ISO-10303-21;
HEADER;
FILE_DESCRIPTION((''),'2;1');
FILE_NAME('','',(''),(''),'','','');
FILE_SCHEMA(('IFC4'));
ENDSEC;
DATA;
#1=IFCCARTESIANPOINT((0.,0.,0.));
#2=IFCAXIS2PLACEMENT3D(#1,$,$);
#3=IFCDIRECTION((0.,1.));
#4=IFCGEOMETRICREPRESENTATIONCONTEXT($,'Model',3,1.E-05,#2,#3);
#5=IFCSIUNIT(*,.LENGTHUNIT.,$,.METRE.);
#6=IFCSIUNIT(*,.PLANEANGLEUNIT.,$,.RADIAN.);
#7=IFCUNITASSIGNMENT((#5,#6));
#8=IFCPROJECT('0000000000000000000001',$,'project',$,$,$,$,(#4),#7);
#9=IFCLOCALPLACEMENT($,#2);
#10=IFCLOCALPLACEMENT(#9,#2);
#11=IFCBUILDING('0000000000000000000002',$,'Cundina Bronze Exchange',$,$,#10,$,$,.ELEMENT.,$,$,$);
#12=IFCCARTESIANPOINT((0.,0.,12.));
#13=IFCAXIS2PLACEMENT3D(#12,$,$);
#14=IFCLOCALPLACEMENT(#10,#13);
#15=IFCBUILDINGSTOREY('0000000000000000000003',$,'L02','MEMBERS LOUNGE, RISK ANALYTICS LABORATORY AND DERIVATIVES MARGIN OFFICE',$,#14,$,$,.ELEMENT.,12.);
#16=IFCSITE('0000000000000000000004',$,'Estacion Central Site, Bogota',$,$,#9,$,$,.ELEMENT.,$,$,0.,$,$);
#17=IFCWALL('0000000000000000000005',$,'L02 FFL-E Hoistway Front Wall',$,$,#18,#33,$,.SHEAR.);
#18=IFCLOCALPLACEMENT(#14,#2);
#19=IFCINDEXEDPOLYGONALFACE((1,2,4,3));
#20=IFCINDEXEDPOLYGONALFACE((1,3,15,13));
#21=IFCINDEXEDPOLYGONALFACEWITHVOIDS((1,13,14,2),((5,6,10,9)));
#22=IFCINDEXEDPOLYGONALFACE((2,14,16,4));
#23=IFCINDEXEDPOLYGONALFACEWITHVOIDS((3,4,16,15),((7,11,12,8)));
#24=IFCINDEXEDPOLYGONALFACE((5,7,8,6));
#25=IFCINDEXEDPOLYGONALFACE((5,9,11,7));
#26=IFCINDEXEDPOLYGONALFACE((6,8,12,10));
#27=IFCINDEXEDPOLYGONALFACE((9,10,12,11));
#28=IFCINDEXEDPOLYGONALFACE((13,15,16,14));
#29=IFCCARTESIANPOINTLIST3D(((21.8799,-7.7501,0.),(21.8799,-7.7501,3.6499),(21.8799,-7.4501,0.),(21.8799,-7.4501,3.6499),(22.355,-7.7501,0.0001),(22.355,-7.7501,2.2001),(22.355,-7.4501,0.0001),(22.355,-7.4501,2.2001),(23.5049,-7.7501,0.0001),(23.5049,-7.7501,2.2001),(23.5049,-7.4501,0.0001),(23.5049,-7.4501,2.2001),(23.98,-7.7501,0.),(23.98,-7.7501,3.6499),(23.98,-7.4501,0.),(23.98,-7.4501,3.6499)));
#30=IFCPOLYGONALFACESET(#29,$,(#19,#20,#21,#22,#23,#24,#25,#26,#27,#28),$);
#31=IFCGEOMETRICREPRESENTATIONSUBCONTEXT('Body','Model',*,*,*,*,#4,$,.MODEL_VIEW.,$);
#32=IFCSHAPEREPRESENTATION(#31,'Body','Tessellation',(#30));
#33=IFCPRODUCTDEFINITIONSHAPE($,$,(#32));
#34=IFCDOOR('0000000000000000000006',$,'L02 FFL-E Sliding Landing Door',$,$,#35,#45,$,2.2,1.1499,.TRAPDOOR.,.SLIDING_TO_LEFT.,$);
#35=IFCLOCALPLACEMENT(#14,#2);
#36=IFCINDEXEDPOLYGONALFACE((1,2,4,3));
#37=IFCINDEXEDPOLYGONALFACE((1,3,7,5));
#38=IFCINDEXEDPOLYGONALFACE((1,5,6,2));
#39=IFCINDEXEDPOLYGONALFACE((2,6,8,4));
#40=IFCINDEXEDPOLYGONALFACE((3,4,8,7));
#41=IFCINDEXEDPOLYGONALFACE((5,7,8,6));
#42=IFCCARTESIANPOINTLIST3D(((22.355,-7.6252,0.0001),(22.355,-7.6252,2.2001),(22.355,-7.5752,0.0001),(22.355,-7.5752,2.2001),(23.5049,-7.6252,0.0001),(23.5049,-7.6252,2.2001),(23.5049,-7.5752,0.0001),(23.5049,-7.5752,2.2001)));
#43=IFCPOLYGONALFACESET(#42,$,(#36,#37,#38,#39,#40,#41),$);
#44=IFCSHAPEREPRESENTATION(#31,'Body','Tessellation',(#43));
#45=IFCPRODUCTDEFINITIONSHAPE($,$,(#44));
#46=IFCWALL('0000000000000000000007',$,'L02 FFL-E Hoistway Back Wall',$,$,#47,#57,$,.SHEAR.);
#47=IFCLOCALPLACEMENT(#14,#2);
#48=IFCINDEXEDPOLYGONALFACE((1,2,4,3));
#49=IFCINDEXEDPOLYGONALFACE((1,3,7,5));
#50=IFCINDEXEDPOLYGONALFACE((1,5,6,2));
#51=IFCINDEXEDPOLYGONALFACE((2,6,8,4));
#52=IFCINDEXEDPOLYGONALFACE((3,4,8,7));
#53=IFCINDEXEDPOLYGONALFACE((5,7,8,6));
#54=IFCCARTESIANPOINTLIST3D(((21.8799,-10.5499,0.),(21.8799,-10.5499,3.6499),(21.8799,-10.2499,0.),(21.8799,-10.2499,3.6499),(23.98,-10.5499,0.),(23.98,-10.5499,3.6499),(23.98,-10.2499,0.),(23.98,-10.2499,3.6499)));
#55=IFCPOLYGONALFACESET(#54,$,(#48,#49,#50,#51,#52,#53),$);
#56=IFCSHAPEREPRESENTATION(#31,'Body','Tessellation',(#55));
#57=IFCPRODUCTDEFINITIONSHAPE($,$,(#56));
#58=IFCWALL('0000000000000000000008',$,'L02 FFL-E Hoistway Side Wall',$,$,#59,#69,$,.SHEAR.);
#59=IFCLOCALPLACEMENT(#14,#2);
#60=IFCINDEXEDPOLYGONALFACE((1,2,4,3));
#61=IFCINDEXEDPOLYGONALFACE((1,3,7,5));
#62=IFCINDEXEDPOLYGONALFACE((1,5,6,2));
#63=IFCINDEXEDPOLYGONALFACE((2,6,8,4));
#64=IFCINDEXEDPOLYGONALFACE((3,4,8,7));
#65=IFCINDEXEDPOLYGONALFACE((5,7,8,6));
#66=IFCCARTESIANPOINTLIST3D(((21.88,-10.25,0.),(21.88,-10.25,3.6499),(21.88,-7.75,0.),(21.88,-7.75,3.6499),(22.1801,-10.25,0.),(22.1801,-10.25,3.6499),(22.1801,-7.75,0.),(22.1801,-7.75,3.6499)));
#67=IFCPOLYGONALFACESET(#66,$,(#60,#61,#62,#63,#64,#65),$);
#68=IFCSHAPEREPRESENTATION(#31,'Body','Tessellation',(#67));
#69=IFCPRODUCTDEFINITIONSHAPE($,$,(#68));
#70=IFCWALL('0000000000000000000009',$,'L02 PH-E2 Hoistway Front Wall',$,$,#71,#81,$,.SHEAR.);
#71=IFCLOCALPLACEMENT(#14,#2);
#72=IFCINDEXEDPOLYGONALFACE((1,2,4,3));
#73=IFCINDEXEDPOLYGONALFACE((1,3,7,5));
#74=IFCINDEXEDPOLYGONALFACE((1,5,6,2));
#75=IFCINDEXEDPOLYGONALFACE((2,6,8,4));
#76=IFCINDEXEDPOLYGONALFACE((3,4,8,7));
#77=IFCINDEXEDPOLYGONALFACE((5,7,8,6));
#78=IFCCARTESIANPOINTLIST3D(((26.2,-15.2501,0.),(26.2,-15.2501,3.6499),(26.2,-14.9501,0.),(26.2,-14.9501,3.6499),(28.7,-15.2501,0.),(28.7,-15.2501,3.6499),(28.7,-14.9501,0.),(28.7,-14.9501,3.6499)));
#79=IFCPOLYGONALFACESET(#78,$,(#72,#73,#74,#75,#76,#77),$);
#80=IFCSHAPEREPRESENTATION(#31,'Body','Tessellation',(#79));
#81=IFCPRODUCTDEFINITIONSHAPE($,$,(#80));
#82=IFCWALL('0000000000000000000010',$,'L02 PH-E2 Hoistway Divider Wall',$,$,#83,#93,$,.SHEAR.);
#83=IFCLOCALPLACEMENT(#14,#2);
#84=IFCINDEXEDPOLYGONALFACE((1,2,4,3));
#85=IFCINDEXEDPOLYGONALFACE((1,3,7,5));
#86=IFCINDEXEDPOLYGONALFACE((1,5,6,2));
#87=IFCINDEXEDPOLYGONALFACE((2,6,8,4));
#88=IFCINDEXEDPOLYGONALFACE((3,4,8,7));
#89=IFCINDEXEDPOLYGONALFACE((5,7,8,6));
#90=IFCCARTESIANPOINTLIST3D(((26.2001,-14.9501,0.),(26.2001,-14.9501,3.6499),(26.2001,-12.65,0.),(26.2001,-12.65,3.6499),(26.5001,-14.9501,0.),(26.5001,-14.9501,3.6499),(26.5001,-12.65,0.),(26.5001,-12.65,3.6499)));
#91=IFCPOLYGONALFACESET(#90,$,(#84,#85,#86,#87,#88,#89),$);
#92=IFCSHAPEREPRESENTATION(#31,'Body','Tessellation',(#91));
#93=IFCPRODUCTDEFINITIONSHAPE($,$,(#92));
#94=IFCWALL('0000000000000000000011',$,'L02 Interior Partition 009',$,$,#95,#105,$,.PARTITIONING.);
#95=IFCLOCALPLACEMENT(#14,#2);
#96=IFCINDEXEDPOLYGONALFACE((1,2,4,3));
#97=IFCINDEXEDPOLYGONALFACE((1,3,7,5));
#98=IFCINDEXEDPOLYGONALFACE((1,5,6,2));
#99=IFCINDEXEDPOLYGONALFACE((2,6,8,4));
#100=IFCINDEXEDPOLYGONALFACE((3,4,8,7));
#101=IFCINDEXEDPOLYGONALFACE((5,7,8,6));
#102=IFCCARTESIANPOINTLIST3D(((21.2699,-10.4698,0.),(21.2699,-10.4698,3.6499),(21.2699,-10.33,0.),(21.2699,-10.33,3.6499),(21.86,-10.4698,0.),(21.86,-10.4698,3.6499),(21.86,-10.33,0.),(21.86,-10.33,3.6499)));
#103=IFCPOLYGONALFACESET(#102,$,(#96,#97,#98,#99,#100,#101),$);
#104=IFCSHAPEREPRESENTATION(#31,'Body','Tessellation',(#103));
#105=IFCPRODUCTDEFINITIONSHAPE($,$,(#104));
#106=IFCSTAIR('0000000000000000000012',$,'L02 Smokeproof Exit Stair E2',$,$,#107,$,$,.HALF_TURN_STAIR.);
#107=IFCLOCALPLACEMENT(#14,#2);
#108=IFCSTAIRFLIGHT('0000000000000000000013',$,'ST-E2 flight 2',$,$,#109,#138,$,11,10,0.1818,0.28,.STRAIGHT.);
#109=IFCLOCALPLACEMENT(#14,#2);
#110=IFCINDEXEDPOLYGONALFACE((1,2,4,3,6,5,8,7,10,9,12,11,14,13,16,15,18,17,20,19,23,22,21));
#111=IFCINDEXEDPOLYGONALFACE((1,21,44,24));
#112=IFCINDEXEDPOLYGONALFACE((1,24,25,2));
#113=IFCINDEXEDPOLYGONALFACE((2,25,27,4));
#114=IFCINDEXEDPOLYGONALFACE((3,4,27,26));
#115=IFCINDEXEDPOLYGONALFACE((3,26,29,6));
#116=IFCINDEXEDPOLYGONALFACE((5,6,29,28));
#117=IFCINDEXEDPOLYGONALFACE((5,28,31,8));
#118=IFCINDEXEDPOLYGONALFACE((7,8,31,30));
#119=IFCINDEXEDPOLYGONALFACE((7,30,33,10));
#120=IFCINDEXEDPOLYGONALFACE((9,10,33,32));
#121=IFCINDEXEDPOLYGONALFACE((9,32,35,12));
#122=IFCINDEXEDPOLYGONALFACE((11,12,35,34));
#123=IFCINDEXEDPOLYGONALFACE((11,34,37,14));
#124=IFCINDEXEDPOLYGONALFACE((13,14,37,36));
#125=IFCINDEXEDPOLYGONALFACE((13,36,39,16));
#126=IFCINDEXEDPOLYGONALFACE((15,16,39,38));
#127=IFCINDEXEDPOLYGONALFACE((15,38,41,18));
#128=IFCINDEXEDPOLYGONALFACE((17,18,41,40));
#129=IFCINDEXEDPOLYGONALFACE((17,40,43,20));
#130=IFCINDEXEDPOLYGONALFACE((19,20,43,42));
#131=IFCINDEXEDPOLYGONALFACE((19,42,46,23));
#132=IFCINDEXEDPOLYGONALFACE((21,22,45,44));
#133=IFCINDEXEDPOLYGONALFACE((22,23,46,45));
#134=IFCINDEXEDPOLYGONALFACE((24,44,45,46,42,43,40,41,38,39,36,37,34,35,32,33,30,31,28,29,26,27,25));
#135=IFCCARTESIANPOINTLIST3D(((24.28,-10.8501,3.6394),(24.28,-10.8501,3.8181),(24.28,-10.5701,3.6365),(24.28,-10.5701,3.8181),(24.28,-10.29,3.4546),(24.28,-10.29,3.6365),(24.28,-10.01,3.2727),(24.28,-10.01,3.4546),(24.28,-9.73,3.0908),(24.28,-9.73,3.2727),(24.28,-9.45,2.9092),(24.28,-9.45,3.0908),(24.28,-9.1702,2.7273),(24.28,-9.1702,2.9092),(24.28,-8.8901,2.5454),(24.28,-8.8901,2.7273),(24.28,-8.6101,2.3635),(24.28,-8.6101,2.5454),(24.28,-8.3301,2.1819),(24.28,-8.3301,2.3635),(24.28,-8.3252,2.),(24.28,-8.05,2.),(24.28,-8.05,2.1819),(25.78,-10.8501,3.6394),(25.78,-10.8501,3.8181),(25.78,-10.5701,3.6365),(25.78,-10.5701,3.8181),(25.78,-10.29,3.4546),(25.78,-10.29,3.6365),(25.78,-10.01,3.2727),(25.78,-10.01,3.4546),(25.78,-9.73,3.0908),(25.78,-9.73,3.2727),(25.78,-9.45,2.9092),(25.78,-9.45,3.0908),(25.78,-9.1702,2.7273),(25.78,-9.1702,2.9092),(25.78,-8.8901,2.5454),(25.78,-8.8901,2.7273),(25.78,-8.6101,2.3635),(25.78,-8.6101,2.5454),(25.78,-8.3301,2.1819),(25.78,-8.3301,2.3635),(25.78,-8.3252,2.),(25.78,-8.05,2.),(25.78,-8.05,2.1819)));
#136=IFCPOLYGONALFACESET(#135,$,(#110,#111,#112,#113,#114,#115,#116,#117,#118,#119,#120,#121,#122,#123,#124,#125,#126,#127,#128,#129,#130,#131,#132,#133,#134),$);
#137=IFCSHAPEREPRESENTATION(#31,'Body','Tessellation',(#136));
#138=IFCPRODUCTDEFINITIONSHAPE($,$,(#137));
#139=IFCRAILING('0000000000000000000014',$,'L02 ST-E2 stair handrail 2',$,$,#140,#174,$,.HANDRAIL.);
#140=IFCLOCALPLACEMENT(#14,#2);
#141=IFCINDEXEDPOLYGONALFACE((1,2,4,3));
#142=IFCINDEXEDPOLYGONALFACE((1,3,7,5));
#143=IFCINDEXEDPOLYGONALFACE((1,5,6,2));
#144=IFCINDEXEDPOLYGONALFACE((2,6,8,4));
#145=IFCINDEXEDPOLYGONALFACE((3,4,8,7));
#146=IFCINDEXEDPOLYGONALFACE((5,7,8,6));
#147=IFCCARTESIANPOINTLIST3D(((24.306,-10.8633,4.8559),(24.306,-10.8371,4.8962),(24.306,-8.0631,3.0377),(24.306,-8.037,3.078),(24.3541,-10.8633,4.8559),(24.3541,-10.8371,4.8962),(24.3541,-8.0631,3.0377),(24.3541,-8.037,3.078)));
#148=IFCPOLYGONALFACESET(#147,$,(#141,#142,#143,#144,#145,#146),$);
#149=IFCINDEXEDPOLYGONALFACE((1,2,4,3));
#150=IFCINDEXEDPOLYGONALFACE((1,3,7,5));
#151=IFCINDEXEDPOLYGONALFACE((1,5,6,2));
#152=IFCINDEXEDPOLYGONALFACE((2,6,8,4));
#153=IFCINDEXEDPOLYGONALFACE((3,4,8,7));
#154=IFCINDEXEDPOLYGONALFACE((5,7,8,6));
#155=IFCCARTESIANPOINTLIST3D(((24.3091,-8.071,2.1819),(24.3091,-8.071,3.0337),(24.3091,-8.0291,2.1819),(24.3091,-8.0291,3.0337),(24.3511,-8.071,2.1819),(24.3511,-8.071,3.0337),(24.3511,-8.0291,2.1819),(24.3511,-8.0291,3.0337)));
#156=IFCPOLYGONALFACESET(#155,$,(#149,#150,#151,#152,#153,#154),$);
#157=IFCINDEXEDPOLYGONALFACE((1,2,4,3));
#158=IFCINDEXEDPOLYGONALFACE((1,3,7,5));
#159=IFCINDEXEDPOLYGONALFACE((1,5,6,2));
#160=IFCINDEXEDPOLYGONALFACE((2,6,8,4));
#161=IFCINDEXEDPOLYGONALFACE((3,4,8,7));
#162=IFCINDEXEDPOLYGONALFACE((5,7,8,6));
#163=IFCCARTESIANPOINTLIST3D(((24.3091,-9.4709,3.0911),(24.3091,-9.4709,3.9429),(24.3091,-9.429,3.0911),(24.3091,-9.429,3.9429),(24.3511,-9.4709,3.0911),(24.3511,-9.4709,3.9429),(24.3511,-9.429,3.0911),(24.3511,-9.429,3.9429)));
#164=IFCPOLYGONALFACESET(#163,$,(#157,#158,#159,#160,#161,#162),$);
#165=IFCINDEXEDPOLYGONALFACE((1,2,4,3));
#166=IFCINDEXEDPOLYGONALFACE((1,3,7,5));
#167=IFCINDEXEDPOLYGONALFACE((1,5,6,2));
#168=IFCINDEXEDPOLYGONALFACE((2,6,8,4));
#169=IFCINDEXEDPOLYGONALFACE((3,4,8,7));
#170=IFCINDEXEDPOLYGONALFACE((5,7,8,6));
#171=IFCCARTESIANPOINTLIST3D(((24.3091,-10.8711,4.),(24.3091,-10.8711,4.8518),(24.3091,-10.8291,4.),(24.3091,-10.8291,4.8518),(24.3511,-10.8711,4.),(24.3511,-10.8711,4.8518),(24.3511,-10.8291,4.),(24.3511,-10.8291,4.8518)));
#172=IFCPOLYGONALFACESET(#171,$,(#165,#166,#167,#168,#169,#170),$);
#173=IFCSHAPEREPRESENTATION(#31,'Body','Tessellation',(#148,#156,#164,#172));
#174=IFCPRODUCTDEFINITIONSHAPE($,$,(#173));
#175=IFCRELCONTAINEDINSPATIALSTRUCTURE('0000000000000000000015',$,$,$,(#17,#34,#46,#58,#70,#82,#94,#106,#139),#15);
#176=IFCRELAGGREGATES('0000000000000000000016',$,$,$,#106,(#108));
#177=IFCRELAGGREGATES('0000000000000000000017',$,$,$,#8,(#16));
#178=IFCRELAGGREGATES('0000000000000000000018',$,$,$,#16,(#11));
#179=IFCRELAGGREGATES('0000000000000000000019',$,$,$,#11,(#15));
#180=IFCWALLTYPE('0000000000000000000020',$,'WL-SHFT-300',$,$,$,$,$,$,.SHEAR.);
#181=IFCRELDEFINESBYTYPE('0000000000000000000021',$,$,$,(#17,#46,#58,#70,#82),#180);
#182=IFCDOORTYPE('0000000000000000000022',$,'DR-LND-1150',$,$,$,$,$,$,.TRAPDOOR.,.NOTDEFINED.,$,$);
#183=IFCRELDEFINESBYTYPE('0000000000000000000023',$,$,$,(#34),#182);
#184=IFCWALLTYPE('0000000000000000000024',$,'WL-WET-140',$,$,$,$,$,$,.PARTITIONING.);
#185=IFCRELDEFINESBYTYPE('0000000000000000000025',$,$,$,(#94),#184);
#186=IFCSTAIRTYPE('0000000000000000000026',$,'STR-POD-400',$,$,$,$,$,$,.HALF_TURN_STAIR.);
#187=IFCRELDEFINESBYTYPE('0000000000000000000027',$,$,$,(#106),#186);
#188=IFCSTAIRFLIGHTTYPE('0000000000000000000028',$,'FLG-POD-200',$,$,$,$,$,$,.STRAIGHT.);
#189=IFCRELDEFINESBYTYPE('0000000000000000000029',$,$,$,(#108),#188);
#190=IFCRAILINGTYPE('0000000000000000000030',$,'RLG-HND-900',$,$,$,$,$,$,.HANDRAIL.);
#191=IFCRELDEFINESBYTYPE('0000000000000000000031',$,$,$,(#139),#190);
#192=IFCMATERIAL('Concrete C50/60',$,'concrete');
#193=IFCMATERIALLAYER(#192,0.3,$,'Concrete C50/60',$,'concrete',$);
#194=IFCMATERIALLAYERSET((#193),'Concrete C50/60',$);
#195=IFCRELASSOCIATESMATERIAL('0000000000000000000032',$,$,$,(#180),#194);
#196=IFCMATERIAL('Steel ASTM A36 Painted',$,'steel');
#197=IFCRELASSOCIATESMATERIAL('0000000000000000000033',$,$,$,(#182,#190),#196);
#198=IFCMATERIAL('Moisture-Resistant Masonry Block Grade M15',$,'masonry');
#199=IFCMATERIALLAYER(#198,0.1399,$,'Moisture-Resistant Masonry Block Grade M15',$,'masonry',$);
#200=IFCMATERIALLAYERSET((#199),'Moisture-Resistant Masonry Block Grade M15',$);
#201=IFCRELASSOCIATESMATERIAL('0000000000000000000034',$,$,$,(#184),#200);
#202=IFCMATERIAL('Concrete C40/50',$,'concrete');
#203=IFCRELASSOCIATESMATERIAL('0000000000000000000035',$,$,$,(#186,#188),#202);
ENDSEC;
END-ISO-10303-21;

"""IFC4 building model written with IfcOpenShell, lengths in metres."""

from ifc_helpers import new_model, si_unit, direction, frame, frame_2d, origin, origin_2d, place, context, subcontext, project, spatial, polyline, rectangle, outline, extrude, material, layer, layer_set, type_object, element, fill, aggregate, save


model = new_model("IFC4")

# Units and contexts
model_context = context("Model", 3, precision=1e-05, world=origin(), true_north=direction((0.0, 1.0)))
body_context = subcontext(model_context, "Body", "Model", "MODEL_VIEW")
ifc_project = project(units=[si_unit("LENGTHUNIT", "METRE"), si_unit("PLANEANGLEUNIT", "RADIAN")], contexts=[model_context])

# Site, building, storey
site_placement = place(None, origin())
site = spatial("IfcSite", under=ifc_project, at=site_placement, Name="Estacion Central Site, Bogota", CompositionType="ELEMENT", RefElevation=0.0)
building_placement = place(site_placement, origin())
building = spatial("IfcBuilding", under=site, at=building_placement, Name="Cundina Bronze Exchange", CompositionType="ELEMENT")
storey_placement = place(building_placement, frame((0.0, 0.0, 12.0)))
storey = spatial("IfcBuildingStorey", under=building, at=storey_placement, Name="L02", Description="MEMBERS LOUNGE, RISK ANALYTICS LABORATORY AND DERIVATIVES MARGIN OFFICE", CompositionType="ELEMENT", Elevation=12.0)

# Shared definitions
ifc_material_1 = material(Name="Concrete C40/50", Category="concrete")

# Shared definitions
ifc_material_2 = material(Name="Concrete C50/60", Category="concrete")
ifc_layer_1 = layer(ifc_material_2, 0.3, Name="Concrete C50/60", Category="concrete")
ifc_layer_set_1 = layer_set([ifc_layer_1], Name="Concrete C50/60")
wall_type_1 = type_object("IfcWallType", Name="WL-SHFT-300", PredefinedType="SHEAR", material=ifc_layer_set_1)

# Shared definitions
ifc_material_3 = material(Name="Steel ASTM A36 Painted", Category="steel")

# Wall, opening, door
wall_1_placement = place(storey_placement, frame((21.8799, -7.6001, 0.0), z_axis=(0.0, 0.0, 1.0), x_axis=(1.0, 0.0, 0.0)))
wall_1 = element("IfcWall", 1, at=wall_1_placement, inside=storey, type_object=wall_type_1, Name="L02 FFL-E Hoistway Front Wall", PredefinedType="SHEAR", context=body_context, shape_type="SweptSolid", body=[
    extrude(rectangle(XDim=2.1001, YDim=0.3, at=frame_2d((1.05, 0.0))), origin(), (0.0, 0.0, 1.0), 3.6499),
])
opening_1_placement = place(wall_1_placement, frame((0.4751, 0.0, 0.0)))
opening_1 = element("IfcOpeningElement", 2, at=opening_1_placement, cuts=wall_1, PredefinedType="OPENING", context=body_context, shape_type="SweptSolid", body=[
    extrude(rectangle(XDim=1.1499, YDim=2.2, at=frame_2d((0.575, 1.1001))), frame((0.0, 0.1599, 0.0), z_axis=(0.0, -1.0, 0.0), x_axis=(1.0, 0.0, 0.0)), (0.0, 0.0, 1.0), 0.3201),
])
door_type_1 = type_object("IfcDoorType", Name="DR-LND-1150", OperationType="NOTDEFINED", PredefinedType="TRAPDOOR", material=ifc_material_3)
door_1_placement = place(opening_1_placement, origin())
door_1 = element("IfcDoor", 3, at=door_1_placement, inside=storey, type_object=door_type_1, Name="L02 FFL-E Sliding Landing Door", OperationType="SLIDING_TO_LEFT", OverallHeight=2.2, OverallWidth=1.1499, PredefinedType="TRAPDOOR", context=body_context, shape_type="SweptSolid", body=[
    extrude(rectangle(XDim=1.1499, YDim=2.2, at=frame_2d((0.575, 1.1001))), frame((0.0, 0.0249, 0.0), z_axis=(0.0, -1.0, 0.0), x_axis=(1.0, 0.0, 0.0)), (0.0, 0.0, 1.0), 0.05),
])
fill(opening_1, door_1)

# Walls
wall_2_placement = place(storey_placement, frame((21.8799, -10.3999, 0.0), z_axis=(0.0, 0.0, 1.0), x_axis=(1.0, 0.0, 0.0)))
element("IfcWall", 4, at=wall_2_placement, inside=storey, type_object=wall_type_1, Name="L02 FFL-E Hoistway Back Wall", PredefinedType="SHEAR", context=body_context, shape_type="SweptSolid", body=[
    extrude(rectangle(XDim=2.1001, YDim=0.3, at=frame_2d((1.05, 0.0))), origin(), (0.0, 0.0, 1.0), 3.6499),
])
for number, where, z_axis, x_axis, name in (
    (5, (22.03, -10.25, 0.0), (0.0, 0.0, 1.0), (0.0, 1.0, 0.0), "L02 FFL-E Hoistway Side Wall"),
    (6, (26.2, -15.1001, 0.0), (0.0, 0.0, 1.0), (1.0, 0.0, 0.0), "L02 PH-E2 Hoistway Front Wall"),
):
    element("IfcWall", number, at=place(storey_placement, frame(where, z_axis=z_axis, x_axis=x_axis)), inside=storey, type_object=wall_type_1, Name=name, PredefinedType="SHEAR", context=body_context, shape_type="SweptSolid", body=[
        extrude(rectangle(XDim=2.5, YDim=0.3, at=frame_2d((1.25, 0.0))), origin(), (0.0, 0.0, 1.0), 3.6499),
    ])
wall_3_placement = place(storey_placement, frame((26.3501, -14.95, 0.0), z_axis=(0.0, 0.0, 1.0), x_axis=(0.0, 1.0, 0.0)))
element("IfcWall", 7, at=wall_3_placement, inside=storey, type_object=wall_type_1, Name="L02 PH-E2 Hoistway Divider Wall", PredefinedType="SHEAR", context=body_context, shape_type="SweptSolid", body=[
    extrude(rectangle(XDim=2.3, YDim=0.3, at=frame_2d((1.1499, 0.0))), origin(), (0.0, 0.0, 1.0), 3.6499),
])
ifc_material_4 = material(Name="Moisture-Resistant Masonry Block Grade M15", Category="masonry")
ifc_layer_2 = layer(ifc_material_4, 0.1399, Name="Moisture-Resistant Masonry Block Grade M15", Category="masonry")
ifc_layer_set_2 = layer_set([ifc_layer_2], Name="Moisture-Resistant Masonry Block Grade M15")
wall_type_2 = type_object("IfcWallType", Name="WL-WET-140", PredefinedType="PARTITIONING", material=ifc_layer_set_2)
wall_4_placement = place(storey_placement, frame((21.27, -10.3999, 0.0), z_axis=(0.0, 0.0, 1.0), x_axis=(1.0, 0.0, 0.0)))
element("IfcWall", 8, at=wall_4_placement, inside=storey, type_object=wall_type_2, Name="L02 Interior Partition 009", PredefinedType="PARTITIONING", context=body_context, shape_type="SweptSolid", body=[
    extrude(rectangle(XDim=0.5901, YDim=0.1399, at=frame_2d((0.2949, 0.0))), origin(), (0.0, 0.0, 1.0), 3.6499),
])

# Stair, stair flight
stair_type = type_object("IfcStairType", Name="STR-POD-400", PredefinedType="HALF_TURN_STAIR", material=ifc_material_1)
stair_placement = place(storey_placement, origin())
stair = element("IfcStair", 9, at=stair_placement, inside=storey, type_object=stair_type, Name="L02 Smokeproof Exit Stair E2", PredefinedType="HALF_TURN_STAIR")
stair_flight_type = type_object("IfcStairFlightType", Name="FLG-POD-200", PredefinedType="STRAIGHT", material=ifc_material_1)
stair_flight_placement = place(storey_placement, frame((25.03, -8.05, 2.0), z_axis=(0.0, 0.0, 1.0), x_axis=(0.0, -1.0, 0.0)))
stair_flight = element("IfcStairFlight", 10, at=stair_flight_placement, type_object=stair_flight_type, Name="ST-E2 flight 2", NumberOfRisers=11, NumberOfTreads=10, PredefinedType="STRAIGHT", RiserHeight=0.1818, TreadLength=0.28, context=body_context, shape_type="SweptSolid", body=[
    extrude(outline(polyline([(0.0, 0.0), (0.0, 0.1819), (0.28, 0.1819), (0.28, 0.3635), (0.5601, 0.3635), (0.5601, 0.5454), (0.8401, 0.5454), (0.8401, 0.7273), (1.1201, 0.7273), (1.1201, 0.9092), (1.3999, 0.9092), (1.3999, 1.0908), (1.6799, 1.0908), (1.6799, 1.2727), (1.96, 1.2727), (1.96, 1.4546), (2.24, 1.4546), (2.24, 1.6365), (2.52, 1.6365), (2.52, 1.8181), (2.8, 1.8181), (2.8, 2.0), (2.8, 1.6394), (0.2751, 0.0), (0.0, 0.0)])), frame((0.0, 0.75, 0.0), z_axis=(0.0, -1.0, 0.0), x_axis=(1.0, 0.0, 0.0)), (0.0, 0.0, 1.0), 1.5),
])
aggregate(stair, [stair_flight])

# Railing
railing_type_1 = type_object("IfcRailingType", Name="RLG-HND-900", PredefinedType="HANDRAIL", material=ifc_material_3)
railing_1_placement = place(storey_placement, frame((24.3301, -8.05, 2.1819)))
element("IfcRailing", 11, at=railing_1_placement, inside=storey, type_object=railing_type_1, Name="L02 ST-E2 stair handrail 2", PredefinedType="HANDRAIL", context=body_context, shape_type="SweptSolid", body=[
    extrude(rectangle(XDim=0.0481, YDim=0.0481, at=origin_2d()), frame((0.0, 0.0, 0.876), z_axis=(0.0, -0.838706, 0.544585), x_axis=(1.0, 0.0, 0.0)), (0.0, 0.0, 1.0), 3.3386),
    extrude(rectangle(XDim=0.042, YDim=0.042, at=origin_2d()), origin(), (0.0, 0.0, 1.0), 0.8518),
    extrude(rectangle(XDim=0.042, YDim=0.042, at=origin_2d()), frame((0.0, -1.3999, 0.9092)), (0.0, 0.0, 1.0), 0.8518),
    extrude(rectangle(XDim=0.042, YDim=0.042, at=origin_2d()), frame((0.0, -2.8, 1.8181)), (0.0, 0.0, 1.0), 0.8518),
])

save(model, "model.ifc")
